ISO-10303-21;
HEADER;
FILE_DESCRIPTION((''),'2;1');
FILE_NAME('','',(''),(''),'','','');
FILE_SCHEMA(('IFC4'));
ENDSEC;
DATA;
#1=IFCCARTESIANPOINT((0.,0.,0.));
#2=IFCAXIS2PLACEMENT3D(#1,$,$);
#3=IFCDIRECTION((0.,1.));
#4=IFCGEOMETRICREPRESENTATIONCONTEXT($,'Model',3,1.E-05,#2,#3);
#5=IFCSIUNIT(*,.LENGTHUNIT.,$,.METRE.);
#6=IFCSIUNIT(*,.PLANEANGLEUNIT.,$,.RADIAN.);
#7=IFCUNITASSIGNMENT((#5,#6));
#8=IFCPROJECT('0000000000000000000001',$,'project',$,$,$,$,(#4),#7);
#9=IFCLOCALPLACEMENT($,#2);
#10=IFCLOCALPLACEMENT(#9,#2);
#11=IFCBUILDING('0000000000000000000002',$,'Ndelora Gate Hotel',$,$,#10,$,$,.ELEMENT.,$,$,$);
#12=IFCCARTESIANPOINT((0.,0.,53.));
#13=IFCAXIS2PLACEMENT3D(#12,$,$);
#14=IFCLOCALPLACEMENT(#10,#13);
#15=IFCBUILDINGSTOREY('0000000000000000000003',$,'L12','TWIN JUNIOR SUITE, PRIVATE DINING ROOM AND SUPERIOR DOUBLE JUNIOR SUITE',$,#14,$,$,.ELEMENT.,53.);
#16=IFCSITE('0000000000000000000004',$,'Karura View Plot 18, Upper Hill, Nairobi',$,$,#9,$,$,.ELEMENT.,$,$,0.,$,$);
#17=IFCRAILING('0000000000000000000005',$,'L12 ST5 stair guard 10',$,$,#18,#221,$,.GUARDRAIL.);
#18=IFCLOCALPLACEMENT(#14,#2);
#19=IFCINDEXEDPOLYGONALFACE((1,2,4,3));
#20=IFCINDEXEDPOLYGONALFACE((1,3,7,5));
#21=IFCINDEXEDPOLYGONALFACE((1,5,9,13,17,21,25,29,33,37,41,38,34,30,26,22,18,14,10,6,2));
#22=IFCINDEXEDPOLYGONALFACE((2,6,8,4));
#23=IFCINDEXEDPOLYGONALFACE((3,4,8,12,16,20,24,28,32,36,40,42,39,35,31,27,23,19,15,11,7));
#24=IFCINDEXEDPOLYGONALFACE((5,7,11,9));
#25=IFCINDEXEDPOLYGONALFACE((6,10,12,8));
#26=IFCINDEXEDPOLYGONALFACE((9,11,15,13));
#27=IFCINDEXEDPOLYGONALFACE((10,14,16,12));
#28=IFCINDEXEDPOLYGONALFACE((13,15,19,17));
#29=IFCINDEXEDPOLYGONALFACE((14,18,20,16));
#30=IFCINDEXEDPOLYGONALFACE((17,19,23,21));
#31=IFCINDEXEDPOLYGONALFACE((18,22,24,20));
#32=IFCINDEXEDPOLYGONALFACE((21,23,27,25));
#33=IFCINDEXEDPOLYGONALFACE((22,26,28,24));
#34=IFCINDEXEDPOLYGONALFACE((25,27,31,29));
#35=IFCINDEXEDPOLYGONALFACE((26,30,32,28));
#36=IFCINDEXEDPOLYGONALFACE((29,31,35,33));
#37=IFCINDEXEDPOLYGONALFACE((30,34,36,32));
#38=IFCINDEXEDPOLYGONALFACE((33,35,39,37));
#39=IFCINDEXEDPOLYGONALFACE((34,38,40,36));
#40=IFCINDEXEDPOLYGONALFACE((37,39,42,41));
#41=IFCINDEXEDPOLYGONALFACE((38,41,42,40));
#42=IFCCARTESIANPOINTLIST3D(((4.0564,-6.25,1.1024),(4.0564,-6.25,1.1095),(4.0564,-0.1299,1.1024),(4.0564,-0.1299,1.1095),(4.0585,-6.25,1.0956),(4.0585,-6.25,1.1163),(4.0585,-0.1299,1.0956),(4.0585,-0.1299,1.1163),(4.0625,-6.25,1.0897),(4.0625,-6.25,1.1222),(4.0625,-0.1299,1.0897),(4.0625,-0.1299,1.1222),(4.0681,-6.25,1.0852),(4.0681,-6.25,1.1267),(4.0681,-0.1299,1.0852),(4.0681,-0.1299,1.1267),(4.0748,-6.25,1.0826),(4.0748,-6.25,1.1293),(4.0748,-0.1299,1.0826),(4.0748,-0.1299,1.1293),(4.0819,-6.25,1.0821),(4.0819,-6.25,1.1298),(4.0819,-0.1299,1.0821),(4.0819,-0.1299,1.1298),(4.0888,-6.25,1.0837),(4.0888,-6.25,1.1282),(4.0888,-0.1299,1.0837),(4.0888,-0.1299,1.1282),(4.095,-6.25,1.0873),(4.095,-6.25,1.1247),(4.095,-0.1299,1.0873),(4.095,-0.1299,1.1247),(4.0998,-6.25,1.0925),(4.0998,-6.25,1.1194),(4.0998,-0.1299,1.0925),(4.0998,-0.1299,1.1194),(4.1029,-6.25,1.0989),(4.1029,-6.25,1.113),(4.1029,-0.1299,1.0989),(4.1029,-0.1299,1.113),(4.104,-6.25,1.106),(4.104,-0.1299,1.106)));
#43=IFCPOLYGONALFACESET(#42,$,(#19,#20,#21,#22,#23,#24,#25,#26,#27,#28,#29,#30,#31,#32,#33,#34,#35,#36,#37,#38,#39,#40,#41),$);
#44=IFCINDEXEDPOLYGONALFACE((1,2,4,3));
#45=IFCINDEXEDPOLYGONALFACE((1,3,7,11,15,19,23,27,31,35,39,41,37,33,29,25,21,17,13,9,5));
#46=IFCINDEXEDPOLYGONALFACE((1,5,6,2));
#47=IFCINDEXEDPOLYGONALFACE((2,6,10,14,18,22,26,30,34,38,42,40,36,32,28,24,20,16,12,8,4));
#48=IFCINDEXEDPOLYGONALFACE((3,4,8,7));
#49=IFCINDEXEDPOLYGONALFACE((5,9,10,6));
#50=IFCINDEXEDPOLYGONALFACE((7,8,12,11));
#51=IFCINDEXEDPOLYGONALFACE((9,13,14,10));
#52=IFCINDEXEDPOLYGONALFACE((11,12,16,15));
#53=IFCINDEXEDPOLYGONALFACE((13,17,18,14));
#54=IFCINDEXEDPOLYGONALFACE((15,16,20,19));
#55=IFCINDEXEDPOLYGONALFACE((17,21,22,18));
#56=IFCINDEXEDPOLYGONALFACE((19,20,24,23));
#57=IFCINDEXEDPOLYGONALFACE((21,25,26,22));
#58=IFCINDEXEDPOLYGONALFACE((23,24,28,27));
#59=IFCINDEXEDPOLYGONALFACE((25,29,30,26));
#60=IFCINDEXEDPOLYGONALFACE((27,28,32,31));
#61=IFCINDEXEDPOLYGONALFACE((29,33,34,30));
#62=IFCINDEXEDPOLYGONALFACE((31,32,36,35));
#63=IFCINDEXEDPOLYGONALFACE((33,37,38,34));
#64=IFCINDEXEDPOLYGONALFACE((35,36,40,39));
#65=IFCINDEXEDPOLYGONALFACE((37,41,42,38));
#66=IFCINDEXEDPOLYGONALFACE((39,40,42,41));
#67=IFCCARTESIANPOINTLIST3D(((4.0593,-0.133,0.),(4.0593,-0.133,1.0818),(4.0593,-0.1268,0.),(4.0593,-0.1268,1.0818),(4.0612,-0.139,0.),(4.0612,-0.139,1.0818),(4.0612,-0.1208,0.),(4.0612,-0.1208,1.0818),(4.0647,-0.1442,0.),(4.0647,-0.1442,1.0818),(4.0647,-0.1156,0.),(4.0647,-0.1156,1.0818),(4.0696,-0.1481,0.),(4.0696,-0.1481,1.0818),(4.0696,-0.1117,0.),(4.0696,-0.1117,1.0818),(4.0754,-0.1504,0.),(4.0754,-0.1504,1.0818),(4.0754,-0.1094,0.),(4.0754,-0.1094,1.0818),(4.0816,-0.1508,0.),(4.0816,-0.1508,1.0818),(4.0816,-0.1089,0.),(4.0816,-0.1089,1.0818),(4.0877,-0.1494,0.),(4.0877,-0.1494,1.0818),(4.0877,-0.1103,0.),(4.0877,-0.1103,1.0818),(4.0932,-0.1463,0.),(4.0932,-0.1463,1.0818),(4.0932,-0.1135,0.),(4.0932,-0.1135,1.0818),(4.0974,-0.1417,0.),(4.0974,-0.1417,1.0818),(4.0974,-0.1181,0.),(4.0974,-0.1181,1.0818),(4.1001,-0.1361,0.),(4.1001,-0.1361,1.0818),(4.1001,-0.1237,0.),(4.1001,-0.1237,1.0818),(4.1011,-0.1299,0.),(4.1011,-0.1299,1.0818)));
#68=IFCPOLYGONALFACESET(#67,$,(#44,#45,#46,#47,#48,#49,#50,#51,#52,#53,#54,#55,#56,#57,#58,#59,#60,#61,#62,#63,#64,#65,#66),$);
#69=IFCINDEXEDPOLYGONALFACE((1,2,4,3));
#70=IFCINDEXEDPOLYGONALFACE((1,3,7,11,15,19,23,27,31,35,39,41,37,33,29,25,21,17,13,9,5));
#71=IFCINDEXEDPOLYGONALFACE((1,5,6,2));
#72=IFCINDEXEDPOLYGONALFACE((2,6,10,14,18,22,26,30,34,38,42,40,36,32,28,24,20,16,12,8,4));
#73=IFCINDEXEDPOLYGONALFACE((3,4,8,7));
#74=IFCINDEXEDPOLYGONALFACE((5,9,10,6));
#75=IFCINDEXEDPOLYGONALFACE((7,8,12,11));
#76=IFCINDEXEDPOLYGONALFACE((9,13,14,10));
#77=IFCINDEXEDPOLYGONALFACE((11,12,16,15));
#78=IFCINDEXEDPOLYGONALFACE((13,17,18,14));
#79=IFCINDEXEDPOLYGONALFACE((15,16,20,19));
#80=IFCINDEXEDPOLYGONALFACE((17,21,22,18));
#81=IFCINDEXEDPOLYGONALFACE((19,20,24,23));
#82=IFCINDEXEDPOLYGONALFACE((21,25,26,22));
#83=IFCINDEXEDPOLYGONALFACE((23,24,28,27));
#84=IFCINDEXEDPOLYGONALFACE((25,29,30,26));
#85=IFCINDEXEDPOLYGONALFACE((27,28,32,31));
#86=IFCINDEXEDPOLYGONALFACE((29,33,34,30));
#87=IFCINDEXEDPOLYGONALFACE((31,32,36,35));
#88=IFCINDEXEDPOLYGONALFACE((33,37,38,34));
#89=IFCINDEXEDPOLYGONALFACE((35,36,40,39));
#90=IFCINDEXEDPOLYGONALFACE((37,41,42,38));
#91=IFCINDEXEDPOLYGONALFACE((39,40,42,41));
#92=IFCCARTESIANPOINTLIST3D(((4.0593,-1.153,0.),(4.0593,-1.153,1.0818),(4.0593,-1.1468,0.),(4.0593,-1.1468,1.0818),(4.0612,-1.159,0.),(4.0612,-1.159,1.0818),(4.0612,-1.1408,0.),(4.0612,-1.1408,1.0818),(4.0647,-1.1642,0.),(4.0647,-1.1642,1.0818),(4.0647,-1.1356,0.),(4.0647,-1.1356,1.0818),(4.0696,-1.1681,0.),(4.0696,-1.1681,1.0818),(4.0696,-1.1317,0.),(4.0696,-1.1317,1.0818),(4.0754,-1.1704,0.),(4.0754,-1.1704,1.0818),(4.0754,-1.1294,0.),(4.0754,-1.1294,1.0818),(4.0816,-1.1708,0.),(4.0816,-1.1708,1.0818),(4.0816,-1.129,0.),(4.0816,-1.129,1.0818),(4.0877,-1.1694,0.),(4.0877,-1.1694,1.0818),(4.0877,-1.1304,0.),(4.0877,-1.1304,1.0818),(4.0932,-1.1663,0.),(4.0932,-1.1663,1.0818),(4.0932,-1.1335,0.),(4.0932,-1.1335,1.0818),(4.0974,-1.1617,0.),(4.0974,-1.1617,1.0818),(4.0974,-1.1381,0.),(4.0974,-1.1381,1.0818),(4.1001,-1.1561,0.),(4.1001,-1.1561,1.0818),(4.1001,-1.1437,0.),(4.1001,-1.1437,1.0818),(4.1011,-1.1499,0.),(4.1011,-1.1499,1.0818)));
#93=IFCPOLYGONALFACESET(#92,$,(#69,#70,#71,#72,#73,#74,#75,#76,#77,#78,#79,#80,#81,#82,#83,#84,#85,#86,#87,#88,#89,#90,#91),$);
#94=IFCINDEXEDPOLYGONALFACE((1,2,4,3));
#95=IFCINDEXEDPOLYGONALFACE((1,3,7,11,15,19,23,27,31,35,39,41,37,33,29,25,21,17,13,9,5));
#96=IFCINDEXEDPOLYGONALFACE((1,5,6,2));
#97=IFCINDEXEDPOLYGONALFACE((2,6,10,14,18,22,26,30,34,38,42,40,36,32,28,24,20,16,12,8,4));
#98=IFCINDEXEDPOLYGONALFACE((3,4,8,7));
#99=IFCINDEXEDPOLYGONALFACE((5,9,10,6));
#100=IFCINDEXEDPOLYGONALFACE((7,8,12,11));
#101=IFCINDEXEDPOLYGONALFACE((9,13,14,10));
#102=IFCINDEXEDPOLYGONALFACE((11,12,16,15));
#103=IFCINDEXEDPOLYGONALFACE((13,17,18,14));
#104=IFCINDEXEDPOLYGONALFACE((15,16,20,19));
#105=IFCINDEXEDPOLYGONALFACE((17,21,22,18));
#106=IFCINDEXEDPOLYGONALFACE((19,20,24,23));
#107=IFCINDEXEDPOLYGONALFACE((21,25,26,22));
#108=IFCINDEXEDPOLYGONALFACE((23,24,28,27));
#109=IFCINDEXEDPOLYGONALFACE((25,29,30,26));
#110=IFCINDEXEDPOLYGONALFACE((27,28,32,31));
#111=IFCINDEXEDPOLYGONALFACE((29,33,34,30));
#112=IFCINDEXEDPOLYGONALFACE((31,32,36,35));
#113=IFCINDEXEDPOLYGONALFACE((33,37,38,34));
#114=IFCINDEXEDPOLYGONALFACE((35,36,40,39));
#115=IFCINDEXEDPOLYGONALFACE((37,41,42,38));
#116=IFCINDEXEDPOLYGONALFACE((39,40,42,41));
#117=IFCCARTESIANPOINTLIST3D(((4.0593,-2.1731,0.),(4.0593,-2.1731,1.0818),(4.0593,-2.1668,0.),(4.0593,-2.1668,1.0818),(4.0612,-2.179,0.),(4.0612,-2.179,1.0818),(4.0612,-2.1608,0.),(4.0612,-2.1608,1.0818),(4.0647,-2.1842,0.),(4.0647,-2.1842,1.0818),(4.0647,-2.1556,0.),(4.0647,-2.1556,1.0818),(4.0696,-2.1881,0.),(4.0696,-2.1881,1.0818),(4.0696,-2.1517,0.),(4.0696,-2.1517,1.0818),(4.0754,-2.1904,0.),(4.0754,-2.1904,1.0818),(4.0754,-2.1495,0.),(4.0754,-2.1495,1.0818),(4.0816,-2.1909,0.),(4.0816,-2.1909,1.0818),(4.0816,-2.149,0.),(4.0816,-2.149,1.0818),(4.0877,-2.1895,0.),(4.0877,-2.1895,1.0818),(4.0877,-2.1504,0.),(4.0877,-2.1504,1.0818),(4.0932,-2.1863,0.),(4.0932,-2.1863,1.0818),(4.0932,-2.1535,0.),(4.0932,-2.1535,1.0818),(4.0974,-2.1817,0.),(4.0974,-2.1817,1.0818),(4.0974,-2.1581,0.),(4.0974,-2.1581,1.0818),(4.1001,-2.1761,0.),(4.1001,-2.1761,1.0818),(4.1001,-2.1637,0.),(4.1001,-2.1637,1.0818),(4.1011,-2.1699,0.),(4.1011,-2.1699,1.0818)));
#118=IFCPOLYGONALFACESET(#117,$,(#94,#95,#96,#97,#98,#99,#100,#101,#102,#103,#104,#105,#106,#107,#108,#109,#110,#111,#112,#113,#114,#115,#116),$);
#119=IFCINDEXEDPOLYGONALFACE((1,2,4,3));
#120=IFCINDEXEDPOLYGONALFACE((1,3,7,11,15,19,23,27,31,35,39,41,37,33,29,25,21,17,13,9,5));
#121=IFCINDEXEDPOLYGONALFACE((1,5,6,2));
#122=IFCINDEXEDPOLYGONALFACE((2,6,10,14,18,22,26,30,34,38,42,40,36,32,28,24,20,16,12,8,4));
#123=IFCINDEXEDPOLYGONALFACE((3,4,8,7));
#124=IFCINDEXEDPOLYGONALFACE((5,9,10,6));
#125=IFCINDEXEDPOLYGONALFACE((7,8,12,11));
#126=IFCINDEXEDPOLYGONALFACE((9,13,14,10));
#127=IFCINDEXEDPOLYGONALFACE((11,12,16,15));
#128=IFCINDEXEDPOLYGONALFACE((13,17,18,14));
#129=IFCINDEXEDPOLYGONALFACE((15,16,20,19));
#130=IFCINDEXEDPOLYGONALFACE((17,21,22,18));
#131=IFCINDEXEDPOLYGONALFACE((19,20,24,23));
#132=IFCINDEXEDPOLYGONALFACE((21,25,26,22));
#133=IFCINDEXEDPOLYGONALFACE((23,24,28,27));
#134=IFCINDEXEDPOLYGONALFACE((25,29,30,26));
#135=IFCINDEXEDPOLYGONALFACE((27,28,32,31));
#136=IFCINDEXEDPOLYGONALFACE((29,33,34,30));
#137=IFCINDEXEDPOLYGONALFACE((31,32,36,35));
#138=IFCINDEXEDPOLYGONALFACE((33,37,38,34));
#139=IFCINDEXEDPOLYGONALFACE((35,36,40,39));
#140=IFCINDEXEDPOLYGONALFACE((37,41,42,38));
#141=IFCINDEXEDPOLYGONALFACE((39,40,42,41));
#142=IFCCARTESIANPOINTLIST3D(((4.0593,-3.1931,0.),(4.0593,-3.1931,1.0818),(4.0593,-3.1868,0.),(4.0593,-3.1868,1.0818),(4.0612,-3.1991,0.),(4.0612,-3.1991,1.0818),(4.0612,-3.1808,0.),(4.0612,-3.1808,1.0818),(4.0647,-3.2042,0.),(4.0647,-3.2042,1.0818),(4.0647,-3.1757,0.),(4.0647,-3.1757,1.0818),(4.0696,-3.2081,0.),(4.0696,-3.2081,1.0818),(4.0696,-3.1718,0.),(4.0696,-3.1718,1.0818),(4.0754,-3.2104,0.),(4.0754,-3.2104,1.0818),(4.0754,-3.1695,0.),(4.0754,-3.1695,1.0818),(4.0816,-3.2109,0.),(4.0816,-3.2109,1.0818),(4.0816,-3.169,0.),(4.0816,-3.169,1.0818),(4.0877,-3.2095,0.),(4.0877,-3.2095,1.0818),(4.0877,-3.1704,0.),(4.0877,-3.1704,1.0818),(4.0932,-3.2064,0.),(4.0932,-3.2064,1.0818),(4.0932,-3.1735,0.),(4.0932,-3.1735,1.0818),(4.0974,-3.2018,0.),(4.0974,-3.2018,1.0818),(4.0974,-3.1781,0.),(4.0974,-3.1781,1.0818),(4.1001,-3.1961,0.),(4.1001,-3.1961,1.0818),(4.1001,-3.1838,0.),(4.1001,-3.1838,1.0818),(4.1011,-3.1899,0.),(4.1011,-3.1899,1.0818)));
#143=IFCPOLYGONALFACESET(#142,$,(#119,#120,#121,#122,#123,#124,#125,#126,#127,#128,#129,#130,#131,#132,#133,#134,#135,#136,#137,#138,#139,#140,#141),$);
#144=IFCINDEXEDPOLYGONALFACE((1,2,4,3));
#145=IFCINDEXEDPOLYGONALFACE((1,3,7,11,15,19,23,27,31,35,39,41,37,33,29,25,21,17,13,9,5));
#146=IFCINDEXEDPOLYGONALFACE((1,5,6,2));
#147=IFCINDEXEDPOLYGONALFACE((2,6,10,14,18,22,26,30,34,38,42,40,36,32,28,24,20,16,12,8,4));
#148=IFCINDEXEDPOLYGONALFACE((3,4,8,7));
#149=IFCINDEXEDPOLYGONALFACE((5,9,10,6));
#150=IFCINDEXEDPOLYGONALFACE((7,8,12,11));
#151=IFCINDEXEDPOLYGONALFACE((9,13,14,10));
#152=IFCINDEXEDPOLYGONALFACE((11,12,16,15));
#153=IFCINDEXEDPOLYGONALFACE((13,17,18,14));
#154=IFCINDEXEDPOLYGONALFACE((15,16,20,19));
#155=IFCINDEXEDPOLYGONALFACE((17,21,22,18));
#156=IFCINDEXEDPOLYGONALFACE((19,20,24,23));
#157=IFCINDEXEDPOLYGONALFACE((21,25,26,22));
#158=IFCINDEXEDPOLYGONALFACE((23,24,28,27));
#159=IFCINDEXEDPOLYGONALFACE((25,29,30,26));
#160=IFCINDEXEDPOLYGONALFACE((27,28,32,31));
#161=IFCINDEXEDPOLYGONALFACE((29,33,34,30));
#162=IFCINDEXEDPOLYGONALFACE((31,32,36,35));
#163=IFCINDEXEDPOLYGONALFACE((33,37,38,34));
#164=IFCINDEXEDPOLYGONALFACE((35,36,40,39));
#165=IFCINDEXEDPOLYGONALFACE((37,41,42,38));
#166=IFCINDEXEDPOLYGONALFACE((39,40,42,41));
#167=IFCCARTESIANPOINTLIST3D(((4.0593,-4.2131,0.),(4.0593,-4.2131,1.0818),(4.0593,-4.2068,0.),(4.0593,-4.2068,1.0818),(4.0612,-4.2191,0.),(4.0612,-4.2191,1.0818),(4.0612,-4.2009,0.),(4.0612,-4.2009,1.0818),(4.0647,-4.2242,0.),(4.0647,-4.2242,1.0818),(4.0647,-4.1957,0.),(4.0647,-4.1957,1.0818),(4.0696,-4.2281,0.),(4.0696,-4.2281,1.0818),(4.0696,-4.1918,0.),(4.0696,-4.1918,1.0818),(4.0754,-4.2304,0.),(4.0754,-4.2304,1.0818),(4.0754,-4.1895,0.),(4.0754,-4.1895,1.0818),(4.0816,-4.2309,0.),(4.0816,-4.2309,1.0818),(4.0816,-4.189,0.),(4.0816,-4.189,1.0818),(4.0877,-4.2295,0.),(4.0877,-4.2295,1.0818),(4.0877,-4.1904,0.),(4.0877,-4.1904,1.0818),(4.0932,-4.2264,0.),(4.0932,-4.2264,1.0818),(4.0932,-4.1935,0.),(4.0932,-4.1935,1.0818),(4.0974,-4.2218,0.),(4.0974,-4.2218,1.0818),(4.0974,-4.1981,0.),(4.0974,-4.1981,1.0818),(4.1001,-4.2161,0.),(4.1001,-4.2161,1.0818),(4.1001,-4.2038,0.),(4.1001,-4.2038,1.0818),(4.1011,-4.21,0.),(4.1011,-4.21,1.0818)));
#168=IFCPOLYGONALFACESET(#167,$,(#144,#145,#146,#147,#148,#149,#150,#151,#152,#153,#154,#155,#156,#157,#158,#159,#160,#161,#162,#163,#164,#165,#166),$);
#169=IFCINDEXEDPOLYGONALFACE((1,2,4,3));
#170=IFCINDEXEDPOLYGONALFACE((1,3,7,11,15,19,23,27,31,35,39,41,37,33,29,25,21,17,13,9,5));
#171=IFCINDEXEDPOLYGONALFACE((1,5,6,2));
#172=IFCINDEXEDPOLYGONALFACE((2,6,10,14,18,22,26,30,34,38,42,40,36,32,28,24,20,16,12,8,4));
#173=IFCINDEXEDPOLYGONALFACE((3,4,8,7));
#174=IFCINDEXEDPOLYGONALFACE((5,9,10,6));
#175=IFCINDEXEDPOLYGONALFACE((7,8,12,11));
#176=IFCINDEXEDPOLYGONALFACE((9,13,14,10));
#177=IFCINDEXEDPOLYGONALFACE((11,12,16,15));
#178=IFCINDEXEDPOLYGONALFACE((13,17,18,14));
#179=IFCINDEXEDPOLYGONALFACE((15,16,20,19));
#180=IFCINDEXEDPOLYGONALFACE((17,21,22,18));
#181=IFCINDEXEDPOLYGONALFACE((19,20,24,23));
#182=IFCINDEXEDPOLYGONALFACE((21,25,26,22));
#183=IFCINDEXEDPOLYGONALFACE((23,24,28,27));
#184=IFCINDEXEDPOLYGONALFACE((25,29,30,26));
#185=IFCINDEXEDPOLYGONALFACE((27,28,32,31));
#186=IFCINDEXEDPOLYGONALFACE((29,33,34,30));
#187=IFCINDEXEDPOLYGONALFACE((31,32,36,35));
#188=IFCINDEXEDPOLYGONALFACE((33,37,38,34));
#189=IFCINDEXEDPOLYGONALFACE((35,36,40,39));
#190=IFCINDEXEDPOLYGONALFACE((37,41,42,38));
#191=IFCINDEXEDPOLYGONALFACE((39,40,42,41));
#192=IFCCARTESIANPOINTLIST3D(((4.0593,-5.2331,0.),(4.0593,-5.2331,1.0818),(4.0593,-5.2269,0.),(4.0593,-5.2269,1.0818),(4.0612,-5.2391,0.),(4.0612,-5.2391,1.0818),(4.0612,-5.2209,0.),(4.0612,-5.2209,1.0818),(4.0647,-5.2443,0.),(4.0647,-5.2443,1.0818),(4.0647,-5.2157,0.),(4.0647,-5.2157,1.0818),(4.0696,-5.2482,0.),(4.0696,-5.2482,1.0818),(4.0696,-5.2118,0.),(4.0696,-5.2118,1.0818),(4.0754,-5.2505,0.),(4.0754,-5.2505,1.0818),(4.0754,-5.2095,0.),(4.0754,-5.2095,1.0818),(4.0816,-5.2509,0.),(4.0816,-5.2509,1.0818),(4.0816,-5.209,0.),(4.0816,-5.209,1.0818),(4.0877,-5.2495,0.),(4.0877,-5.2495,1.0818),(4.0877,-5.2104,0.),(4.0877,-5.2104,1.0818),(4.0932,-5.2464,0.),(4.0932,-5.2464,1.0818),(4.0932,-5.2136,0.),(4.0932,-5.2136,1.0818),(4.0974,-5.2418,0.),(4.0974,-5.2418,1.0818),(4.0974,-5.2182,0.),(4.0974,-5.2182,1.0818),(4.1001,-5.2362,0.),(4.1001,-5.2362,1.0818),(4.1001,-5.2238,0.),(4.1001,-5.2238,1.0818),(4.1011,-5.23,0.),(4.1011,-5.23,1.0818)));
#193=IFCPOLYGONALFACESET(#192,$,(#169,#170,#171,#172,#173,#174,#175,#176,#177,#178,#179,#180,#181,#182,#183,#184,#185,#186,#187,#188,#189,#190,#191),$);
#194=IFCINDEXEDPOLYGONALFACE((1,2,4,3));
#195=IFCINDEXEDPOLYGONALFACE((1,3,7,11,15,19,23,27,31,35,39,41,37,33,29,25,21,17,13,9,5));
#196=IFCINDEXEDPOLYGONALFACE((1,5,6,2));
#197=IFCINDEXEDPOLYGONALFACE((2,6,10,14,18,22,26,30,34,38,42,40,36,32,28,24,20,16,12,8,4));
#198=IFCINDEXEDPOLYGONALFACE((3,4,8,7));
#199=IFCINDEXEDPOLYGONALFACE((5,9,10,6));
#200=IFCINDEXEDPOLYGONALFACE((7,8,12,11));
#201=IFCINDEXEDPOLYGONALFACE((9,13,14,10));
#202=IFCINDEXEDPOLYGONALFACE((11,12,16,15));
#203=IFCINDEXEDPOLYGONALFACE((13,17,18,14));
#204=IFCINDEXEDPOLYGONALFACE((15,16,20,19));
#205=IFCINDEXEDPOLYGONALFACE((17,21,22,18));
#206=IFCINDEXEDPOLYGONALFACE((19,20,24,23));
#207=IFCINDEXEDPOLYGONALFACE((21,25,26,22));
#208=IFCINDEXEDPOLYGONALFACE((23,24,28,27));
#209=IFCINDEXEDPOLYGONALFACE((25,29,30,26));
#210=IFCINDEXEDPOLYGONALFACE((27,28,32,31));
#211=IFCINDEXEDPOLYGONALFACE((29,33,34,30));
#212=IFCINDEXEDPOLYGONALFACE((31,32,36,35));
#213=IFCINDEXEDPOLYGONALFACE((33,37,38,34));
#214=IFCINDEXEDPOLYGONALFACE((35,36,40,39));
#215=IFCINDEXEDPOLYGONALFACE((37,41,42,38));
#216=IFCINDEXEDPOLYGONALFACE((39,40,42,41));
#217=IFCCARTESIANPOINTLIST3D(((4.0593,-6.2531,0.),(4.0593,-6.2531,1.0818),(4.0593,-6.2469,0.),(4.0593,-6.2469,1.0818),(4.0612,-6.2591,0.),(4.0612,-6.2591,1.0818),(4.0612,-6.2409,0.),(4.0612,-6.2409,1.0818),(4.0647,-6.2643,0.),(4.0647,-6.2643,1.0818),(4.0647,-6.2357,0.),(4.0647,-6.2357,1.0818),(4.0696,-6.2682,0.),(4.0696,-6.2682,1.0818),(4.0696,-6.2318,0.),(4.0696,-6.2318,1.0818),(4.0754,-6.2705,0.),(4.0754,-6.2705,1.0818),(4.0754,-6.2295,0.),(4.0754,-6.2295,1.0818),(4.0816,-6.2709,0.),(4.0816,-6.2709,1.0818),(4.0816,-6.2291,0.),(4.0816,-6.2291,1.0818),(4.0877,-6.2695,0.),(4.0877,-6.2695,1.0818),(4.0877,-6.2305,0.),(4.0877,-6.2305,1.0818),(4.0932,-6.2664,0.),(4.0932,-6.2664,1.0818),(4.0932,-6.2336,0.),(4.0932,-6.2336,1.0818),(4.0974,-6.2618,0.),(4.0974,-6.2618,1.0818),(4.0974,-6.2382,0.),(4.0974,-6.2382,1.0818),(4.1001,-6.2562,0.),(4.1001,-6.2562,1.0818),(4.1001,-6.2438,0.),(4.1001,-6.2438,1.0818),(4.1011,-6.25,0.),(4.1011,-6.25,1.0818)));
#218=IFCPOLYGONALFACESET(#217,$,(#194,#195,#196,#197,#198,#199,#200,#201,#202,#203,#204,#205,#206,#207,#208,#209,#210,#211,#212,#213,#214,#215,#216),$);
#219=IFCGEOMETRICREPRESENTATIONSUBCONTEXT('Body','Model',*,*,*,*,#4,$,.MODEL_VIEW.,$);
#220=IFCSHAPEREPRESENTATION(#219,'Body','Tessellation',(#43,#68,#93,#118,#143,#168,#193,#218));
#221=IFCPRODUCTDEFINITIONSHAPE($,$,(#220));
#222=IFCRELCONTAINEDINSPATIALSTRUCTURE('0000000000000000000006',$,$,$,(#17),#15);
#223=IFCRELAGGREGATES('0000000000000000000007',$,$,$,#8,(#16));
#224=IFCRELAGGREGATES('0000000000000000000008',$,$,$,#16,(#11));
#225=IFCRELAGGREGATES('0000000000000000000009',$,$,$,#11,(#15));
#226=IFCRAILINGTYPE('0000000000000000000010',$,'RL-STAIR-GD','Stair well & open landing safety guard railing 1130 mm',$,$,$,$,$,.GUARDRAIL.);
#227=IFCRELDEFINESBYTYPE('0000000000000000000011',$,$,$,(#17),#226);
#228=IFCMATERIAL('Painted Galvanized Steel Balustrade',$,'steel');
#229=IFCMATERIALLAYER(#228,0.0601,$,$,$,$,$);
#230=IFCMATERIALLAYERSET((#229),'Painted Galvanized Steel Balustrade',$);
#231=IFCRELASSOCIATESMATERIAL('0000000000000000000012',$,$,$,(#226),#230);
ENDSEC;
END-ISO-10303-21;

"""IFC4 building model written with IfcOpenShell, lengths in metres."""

from ifc_helpers import new_model, si_unit, direction, frame, origin, origin_2d, place, context, subcontext, project, spatial, circle, extrude, material, layer, layer_set, type_object, element, save


model = new_model("IFC4")

# Units and contexts
model_context = context("Model", 3, precision=1e-05, world=origin(), true_north=direction((0.0, 1.0)))
body_context = subcontext(model_context, "Body", "Model", "MODEL_VIEW")
ifc_project = project(units=[si_unit("LENGTHUNIT", "METRE"), si_unit("PLANEANGLEUNIT", "RADIAN")], contexts=[model_context])

# Site, building, storey
site_placement = place(None, origin())
site = spatial("IfcSite", under=ifc_project, at=site_placement, Name="Karura View Plot 18, Upper Hill, Nairobi", CompositionType="ELEMENT", RefElevation=0.0)
building_placement = place(site_placement, origin())
building = spatial("IfcBuilding", under=site, at=building_placement, Name="Ndelora Gate Hotel", CompositionType="ELEMENT")
storey_placement = place(building_placement, frame((0.0, 0.0, 53.0)))
storey = spatial("IfcBuildingStorey", under=building, at=storey_placement, Name="L12", Description="TWIN JUNIOR SUITE, PRIVATE DINING ROOM AND SUPERIOR DOUBLE JUNIOR SUITE", CompositionType="ELEMENT", Elevation=53.0)

# Railing
ifc_material_1 = material(Name="Painted Galvanized Steel Balustrade", Category="steel")
ifc_layer_1 = layer(ifc_material_1, 0.0601)
ifc_layer_set_1 = layer_set([ifc_layer_1], Name="Painted Galvanized Steel Balustrade")
railing_type_1 = type_object("IfcRailingType", Name="RL-STAIR-GD", Description="Stair well & open landing safety guard railing 1130 mm", PredefinedType="GUARDRAIL", material=ifc_layer_set_1)
railing_1_placement = place(storey_placement, frame((4.0801, -0.1299, 0.0)))
element("IfcRailing", 1, at=railing_1_placement, inside=storey, type_object=railing_type_1, Name="L12 ST5 stair guard 10", PredefinedType="GUARDRAIL", context=body_context, shape_type="SweptSolid", body=[
    extrude(circle(Radius=0.0239, at=origin_2d()), frame((0.0, 0.0, 1.106), z_axis=(0.0, -1.0, 0.0), x_axis=(1.0, 0.0, 0.0)), (0.0, 0.0, 1.0), 6.1201),
    extrude(circle(Radius=0.021, at=origin_2d()), origin(), (0.0, 0.0, 1.0), 1.0818),
    extrude(circle(Radius=0.021, at=origin_2d()), frame((0.0, -1.02, 0.0)), (0.0, 0.0, 1.0), 1.0818),
    extrude(circle(Radius=0.021, at=origin_2d()), frame((0.0, -2.04, 0.0)), (0.0, 0.0, 1.0), 1.0818),
    extrude(circle(Radius=0.021, at=origin_2d()), frame((0.0, -3.0601, 0.0)), (0.0, 0.0, 1.0), 1.0818),
    extrude(circle(Radius=0.021, at=origin_2d()), frame((0.0, -4.0801, 0.0)), (0.0, 0.0, 1.0), 1.0818),
    extrude(circle(Radius=0.021, at=origin_2d()), frame((0.0, -5.1001, 0.0)), (0.0, 0.0, 1.0), 1.0818),
    extrude(circle(Radius=0.021, at=origin_2d()), frame((0.0, -6.1201, 0.0)), (0.0, 0.0, 1.0), 1.0818),
])

save(model, "model.ifc")
